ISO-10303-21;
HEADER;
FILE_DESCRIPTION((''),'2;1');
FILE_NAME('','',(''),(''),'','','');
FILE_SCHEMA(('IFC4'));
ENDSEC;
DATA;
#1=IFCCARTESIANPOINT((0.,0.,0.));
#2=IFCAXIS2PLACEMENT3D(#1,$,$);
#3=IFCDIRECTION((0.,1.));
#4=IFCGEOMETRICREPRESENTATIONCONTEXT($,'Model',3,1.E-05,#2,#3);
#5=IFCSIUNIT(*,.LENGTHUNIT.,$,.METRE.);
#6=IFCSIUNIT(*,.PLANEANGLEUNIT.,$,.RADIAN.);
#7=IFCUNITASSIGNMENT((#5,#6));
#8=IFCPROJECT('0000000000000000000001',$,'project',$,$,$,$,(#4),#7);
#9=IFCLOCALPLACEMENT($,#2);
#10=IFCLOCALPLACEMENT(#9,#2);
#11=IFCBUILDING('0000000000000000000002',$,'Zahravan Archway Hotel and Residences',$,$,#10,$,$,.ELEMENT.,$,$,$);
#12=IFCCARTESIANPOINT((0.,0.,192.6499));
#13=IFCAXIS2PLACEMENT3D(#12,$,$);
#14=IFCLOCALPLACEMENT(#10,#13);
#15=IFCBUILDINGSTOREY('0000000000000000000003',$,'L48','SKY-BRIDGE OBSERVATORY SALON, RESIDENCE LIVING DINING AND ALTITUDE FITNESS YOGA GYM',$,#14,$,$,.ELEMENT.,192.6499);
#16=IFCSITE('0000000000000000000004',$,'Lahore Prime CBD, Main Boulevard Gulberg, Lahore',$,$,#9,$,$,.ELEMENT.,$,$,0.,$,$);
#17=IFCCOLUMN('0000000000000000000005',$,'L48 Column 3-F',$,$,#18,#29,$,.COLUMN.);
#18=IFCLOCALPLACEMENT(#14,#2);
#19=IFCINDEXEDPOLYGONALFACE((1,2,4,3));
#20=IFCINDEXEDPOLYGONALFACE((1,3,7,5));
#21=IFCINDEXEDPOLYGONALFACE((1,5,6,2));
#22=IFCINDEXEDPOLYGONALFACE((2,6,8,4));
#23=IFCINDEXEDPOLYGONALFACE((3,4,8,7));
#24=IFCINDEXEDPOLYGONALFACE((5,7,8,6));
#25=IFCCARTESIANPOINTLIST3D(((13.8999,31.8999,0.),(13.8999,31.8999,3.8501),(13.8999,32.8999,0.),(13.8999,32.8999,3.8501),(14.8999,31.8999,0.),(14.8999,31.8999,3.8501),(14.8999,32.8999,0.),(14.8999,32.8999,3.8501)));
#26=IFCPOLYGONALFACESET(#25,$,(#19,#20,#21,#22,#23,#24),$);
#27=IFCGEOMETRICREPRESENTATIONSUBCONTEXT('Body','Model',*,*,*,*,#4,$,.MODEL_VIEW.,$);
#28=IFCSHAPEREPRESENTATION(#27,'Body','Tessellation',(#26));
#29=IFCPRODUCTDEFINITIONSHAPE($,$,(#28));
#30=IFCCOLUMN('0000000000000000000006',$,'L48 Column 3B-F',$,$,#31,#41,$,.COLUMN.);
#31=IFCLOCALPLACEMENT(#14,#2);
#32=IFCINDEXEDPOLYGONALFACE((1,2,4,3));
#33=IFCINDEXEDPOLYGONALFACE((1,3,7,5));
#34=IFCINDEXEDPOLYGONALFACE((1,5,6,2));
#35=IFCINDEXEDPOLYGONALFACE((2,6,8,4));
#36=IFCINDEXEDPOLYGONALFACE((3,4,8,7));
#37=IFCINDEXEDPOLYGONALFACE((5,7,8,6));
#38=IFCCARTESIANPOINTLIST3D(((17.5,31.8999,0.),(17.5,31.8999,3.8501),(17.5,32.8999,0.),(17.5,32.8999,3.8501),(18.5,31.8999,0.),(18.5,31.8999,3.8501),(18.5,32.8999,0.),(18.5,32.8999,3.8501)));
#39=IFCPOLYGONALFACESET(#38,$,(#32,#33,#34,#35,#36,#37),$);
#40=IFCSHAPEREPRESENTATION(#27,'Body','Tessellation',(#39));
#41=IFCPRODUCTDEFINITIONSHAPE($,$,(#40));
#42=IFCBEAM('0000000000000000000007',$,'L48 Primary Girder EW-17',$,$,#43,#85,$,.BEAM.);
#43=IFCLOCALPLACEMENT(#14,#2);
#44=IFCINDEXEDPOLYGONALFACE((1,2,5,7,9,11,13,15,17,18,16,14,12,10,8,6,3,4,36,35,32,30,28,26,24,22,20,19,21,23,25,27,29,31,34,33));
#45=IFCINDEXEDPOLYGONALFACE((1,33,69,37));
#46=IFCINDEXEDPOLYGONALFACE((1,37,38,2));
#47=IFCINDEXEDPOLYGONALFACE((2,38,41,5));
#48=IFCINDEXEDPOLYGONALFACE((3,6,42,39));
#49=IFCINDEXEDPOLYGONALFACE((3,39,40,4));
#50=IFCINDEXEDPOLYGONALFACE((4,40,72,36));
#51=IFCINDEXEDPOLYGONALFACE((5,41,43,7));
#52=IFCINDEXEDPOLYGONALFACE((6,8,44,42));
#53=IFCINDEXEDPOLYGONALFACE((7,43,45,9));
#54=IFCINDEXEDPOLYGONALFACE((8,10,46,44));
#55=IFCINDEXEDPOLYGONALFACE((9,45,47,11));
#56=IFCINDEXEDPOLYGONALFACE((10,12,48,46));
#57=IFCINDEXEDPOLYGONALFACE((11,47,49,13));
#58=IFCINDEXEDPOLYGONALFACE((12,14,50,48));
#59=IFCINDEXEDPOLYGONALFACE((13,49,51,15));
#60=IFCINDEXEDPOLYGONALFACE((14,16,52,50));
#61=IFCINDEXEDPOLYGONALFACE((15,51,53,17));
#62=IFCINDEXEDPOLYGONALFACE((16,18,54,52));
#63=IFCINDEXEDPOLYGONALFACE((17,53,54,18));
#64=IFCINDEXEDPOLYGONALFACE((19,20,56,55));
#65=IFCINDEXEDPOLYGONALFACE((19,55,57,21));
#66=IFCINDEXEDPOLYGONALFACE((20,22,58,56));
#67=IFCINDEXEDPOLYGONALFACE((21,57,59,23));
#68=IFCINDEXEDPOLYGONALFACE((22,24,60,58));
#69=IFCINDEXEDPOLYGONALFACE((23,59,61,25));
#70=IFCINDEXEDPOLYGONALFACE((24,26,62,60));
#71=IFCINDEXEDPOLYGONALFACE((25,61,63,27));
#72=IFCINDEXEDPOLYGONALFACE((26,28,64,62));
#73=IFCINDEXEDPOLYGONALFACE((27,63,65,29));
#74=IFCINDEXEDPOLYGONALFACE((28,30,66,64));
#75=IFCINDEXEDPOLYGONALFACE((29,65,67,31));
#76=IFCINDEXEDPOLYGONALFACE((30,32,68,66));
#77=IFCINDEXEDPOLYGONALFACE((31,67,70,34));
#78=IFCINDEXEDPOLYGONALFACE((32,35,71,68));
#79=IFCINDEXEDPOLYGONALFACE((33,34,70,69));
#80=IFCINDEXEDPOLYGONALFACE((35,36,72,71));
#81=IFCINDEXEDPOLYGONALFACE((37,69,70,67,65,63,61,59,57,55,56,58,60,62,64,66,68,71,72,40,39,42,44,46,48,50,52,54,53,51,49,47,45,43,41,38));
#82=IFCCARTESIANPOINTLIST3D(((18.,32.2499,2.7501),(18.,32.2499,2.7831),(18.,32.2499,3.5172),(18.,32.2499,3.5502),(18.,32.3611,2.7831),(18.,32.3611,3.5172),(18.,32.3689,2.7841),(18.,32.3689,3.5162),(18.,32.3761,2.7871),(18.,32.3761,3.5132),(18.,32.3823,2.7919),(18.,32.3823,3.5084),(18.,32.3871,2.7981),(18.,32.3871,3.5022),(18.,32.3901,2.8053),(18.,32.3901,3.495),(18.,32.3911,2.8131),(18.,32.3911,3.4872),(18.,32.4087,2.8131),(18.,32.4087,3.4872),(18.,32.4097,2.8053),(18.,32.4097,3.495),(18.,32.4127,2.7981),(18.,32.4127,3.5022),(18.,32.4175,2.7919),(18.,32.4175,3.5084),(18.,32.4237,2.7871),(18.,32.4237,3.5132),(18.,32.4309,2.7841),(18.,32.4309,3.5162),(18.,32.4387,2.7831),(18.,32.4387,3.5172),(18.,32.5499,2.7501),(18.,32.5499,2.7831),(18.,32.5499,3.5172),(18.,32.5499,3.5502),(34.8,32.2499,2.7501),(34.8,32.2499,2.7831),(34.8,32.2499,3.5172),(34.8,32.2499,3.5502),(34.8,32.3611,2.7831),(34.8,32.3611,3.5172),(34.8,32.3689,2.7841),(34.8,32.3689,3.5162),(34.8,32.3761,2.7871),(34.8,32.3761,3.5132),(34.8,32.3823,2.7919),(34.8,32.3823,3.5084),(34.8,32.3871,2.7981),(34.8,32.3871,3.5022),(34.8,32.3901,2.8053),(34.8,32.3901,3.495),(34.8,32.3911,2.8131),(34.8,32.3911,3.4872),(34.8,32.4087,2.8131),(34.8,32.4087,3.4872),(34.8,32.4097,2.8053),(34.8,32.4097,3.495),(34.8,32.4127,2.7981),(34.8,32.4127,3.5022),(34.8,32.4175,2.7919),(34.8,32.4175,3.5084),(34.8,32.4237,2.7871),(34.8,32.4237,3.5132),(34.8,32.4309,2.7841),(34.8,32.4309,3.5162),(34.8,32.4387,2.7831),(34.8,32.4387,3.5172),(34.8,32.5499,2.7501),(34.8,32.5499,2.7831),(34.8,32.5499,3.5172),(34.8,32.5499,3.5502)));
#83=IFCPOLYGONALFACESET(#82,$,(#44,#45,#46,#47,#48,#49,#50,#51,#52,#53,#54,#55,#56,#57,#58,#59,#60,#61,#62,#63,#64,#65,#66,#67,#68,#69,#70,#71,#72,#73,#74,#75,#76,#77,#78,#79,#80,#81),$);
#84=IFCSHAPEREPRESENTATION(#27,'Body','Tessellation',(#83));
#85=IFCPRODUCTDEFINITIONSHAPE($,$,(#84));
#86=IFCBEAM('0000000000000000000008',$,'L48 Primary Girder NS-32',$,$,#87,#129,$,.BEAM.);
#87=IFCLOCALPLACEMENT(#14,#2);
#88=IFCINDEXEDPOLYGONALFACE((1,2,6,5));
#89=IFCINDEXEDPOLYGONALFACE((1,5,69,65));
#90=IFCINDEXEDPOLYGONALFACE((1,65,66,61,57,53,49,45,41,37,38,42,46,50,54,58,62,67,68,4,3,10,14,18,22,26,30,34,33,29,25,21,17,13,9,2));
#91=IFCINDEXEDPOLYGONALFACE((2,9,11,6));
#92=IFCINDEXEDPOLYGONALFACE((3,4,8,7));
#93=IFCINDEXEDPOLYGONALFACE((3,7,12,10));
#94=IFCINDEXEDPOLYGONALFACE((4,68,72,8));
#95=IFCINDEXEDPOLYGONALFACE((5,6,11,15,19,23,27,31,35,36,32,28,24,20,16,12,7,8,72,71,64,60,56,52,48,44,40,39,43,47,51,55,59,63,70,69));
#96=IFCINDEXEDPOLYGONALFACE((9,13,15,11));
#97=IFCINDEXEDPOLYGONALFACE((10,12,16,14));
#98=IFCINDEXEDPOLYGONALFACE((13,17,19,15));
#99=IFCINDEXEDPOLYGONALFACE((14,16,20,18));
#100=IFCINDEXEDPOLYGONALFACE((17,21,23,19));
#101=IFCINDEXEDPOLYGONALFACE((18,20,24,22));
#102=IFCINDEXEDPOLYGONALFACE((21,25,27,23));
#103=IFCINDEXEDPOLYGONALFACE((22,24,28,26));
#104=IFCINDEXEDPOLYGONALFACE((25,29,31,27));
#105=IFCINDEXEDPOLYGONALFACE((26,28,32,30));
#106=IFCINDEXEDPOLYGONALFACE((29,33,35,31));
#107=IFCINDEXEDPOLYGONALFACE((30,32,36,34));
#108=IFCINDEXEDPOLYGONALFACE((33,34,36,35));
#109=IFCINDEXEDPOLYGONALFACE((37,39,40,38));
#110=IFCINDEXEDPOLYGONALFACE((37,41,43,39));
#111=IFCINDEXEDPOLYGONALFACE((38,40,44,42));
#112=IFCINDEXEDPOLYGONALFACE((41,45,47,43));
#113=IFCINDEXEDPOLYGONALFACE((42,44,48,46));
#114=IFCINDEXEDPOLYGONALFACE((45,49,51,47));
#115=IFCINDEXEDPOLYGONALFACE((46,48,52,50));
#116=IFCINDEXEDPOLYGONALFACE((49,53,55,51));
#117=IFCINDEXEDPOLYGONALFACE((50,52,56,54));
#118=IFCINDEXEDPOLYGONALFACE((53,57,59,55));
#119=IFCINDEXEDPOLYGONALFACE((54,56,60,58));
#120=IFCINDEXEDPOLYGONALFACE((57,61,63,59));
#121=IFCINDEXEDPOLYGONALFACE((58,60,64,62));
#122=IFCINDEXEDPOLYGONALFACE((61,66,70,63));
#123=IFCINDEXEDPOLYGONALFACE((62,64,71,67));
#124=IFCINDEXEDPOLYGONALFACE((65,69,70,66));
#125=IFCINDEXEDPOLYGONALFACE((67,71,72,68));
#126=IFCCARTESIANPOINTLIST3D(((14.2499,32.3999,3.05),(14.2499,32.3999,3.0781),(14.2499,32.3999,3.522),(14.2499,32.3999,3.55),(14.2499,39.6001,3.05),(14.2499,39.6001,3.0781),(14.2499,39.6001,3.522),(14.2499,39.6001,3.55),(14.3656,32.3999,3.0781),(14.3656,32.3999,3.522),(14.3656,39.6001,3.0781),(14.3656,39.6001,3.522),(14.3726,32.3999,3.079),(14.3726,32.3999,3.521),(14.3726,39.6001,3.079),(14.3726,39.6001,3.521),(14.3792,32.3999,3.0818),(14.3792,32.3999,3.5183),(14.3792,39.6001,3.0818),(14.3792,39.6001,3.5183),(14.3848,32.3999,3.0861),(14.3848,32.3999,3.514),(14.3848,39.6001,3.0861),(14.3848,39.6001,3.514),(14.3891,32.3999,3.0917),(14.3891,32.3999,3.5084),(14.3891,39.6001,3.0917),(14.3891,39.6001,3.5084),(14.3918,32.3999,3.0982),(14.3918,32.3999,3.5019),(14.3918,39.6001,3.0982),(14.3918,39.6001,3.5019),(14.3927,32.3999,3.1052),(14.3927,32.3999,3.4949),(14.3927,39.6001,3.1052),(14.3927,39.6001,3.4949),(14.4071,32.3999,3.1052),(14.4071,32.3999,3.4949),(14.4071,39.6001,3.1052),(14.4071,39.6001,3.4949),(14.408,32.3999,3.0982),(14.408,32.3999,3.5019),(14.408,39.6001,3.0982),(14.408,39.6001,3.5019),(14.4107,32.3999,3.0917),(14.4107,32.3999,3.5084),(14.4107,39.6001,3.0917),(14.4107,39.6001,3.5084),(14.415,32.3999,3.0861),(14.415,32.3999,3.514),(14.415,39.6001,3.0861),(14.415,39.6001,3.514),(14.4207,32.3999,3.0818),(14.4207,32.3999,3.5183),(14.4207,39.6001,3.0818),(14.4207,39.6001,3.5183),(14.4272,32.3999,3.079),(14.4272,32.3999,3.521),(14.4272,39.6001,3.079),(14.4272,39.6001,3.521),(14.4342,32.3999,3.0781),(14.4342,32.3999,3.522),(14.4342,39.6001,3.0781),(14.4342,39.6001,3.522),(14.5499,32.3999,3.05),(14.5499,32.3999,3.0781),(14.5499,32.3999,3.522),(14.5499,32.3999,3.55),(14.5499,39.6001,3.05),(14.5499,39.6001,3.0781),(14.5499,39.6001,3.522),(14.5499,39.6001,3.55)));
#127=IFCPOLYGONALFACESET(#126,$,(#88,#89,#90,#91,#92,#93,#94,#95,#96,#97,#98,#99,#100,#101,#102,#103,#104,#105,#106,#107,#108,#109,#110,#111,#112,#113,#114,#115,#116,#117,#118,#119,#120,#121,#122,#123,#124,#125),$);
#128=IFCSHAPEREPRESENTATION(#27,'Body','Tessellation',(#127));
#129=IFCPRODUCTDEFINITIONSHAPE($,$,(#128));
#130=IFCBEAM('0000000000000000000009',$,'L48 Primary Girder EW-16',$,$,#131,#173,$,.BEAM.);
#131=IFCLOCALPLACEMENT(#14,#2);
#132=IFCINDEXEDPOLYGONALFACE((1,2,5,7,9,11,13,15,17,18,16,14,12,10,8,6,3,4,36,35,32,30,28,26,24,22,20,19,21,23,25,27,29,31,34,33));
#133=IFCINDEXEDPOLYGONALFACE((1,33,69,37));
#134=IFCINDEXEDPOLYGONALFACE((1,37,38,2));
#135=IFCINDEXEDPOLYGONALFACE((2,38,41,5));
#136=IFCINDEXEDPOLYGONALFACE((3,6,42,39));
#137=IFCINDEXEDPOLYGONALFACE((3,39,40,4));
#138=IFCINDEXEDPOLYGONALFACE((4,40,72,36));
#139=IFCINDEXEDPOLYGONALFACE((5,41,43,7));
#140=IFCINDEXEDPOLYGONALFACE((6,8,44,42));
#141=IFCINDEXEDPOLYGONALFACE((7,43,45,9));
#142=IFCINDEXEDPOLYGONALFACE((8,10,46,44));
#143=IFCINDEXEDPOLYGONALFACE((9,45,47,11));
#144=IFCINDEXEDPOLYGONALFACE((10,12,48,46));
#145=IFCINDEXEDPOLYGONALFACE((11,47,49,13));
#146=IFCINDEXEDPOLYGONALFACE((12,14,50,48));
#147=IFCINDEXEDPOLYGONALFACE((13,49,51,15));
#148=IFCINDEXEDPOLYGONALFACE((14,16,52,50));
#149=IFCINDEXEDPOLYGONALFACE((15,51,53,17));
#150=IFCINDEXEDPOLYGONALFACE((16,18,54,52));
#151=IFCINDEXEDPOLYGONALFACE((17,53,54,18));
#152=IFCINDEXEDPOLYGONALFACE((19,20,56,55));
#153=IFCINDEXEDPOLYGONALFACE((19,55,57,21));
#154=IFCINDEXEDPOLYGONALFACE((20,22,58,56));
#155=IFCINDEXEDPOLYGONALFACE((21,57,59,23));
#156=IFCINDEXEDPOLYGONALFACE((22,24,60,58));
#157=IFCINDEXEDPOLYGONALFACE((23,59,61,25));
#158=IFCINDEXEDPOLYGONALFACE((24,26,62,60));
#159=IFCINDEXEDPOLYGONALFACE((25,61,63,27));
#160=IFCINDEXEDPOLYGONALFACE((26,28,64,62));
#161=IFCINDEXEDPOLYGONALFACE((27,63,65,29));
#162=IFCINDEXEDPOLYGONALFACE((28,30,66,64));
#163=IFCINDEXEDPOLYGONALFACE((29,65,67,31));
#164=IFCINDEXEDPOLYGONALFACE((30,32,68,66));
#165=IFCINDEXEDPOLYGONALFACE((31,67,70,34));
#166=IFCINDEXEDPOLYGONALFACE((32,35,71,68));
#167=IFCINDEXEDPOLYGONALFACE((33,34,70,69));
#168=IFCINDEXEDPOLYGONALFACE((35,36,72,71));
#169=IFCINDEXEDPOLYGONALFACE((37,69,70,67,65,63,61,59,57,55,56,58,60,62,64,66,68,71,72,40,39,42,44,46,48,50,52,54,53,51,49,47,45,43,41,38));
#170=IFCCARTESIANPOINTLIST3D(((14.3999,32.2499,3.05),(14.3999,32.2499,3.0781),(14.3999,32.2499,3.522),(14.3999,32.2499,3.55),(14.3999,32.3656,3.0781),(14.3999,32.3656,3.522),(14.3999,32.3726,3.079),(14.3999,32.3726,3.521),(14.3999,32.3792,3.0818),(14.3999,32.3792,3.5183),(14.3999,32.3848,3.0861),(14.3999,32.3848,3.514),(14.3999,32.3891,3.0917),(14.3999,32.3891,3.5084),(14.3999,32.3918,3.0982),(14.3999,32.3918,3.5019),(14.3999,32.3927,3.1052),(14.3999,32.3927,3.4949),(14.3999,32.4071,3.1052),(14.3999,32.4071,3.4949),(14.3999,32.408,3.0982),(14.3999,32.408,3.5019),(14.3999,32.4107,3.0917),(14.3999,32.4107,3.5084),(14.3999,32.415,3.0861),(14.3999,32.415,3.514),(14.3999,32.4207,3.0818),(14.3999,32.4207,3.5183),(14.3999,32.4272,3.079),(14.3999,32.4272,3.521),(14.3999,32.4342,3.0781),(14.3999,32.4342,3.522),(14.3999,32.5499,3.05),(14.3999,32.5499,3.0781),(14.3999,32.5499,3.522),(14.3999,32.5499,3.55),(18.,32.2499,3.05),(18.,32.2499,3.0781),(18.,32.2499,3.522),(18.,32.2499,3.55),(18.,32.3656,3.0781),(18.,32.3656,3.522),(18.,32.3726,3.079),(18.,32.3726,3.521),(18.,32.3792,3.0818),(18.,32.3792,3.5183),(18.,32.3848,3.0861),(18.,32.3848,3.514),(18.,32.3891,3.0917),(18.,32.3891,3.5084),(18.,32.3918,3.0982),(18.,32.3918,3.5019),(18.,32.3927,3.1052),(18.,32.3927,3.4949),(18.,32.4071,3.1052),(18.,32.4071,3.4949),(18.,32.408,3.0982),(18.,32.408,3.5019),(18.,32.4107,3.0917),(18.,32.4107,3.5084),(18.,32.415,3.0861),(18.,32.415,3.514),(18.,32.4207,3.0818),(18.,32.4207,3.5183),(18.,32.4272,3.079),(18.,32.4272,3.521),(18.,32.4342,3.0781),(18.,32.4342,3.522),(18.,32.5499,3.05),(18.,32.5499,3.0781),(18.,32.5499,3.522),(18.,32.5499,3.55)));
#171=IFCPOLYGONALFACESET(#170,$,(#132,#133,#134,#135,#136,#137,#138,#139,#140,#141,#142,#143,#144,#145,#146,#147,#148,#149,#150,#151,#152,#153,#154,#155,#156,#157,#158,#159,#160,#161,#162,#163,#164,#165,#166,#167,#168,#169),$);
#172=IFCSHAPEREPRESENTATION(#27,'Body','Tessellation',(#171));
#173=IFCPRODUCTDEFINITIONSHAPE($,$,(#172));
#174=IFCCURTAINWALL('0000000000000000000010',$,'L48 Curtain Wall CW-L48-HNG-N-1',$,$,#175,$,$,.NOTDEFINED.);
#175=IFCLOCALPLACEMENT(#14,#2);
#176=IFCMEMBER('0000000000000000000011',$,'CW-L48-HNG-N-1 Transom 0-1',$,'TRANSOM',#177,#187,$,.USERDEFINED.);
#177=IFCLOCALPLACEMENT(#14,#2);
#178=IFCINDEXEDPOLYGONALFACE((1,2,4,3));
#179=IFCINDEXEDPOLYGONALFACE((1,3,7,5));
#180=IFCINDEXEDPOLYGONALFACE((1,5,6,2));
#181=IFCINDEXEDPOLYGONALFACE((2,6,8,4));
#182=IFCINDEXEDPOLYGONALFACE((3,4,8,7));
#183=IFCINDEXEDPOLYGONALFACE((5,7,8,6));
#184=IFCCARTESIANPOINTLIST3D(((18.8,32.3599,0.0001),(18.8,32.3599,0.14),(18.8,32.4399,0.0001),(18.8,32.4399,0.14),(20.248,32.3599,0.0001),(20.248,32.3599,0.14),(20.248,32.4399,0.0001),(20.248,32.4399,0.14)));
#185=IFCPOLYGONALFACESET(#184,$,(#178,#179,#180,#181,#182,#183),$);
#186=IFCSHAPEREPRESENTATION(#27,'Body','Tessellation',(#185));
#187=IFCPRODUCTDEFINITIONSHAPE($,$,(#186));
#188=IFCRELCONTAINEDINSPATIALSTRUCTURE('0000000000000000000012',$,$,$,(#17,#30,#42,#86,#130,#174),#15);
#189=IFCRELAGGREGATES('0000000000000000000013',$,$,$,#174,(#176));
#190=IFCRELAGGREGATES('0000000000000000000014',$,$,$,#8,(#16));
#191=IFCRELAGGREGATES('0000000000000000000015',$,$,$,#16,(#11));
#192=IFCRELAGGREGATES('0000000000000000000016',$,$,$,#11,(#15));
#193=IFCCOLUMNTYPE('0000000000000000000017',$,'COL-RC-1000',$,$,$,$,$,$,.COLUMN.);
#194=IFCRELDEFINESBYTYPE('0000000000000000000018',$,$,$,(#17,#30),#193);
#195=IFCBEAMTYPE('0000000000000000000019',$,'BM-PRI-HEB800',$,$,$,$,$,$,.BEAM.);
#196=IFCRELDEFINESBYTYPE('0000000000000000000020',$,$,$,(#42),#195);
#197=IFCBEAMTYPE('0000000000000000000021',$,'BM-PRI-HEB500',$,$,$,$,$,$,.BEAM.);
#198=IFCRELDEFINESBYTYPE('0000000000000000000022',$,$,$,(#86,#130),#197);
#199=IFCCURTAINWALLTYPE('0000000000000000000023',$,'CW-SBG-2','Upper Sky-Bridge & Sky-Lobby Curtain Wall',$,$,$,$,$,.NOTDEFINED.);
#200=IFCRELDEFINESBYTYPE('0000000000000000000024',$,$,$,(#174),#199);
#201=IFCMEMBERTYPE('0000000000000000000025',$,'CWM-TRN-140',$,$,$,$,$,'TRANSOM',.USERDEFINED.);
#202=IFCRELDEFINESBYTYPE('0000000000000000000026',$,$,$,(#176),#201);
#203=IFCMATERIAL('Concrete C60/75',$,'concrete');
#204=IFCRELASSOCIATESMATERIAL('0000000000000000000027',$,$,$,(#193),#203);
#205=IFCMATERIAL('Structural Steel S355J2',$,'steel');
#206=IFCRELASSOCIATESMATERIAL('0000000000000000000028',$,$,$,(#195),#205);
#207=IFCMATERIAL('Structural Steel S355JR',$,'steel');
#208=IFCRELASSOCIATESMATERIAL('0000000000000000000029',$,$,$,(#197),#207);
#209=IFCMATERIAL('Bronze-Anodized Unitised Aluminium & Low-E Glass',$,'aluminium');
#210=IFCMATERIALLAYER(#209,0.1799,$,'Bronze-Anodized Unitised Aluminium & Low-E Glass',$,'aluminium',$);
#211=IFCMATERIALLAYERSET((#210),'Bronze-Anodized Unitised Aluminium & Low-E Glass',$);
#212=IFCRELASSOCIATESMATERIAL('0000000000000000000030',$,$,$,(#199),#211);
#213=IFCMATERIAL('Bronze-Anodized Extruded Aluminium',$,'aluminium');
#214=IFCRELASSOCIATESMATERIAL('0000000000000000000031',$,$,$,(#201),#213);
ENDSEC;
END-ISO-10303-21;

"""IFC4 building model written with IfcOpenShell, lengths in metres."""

from ifc_helpers import new_model, si_unit, direction, frame, origin, origin_2d, place, context, subcontext, project, spatial, rectangle, i_section, extrude, source, transform, mapped, material, layer, layer_set, material_profile, profile_set, type_object, type_shapes, element, aggregate, save


model = new_model("IFC4")

# Units and contexts
model_context = context("Model", 3, precision=1e-05, world=origin(), true_north=direction((0.0, 1.0)))
body_context = subcontext(model_context, "Body", "Model", "MODEL_VIEW")
ifc_project = project(units=[si_unit("LENGTHUNIT", "METRE"), si_unit("PLANEANGLEUNIT", "RADIAN")], contexts=[model_context])

# Site, building, storey
site_placement = place(None, origin())
site = spatial("IfcSite", under=ifc_project, at=site_placement, Name="Lahore Prime CBD, Main Boulevard Gulberg, Lahore", CompositionType="ELEMENT", RefElevation=0.0)
building_placement = place(site_placement, origin())
building = spatial("IfcBuilding", under=site, at=building_placement, Name="Zahravan Archway Hotel and Residences", CompositionType="ELEMENT")
storey_placement = place(building_placement, frame((0.0, 0.0, 192.6499)))
storey = spatial("IfcBuildingStorey", under=building, at=storey_placement, Name="L48", Description="SKY-BRIDGE OBSERVATORY SALON, RESIDENCE LIVING DINING AND ALTITUDE FITNESS YOGA GYM", CompositionType="ELEMENT", Elevation=192.6499)

# Columns
ifc_material_1 = material(Name="Concrete C60/75", Category="concrete")
ifc_material_profile_1 = material_profile(ifc_material_1, rectangle(XDim=1.0, YDim=1.0, at=origin_2d()), Name="RC-COL-1000x1000", Category="concrete")
ifc_profile_set_1 = profile_set([ifc_material_profile_1], Name="Concrete C60/75")
column_type = type_object("IfcColumnType", Name="COL-RC-1000", PredefinedType="COLUMN", material=ifc_profile_set_1)
shared_shape_1 = source(origin(), body_context, "Body", "SweptSolid", [
    extrude(rectangle(XDim=1.0, YDim=1.0, at=origin_2d()), origin(), (0.0, 0.0, 1.0), 3.8501),
])
for number, where, z_axis, x_axis, name in (
    (1, (14.3999, 32.3999, 0.0), (0.0, 0.0, 1.0), (1.0, 0.0, 0.0), "L48 Column 3-F"),
    (2, (18.0, 32.3999, 0.0), (0.0, 0.0, 1.0), (1.0, 0.0, 0.0), "L48 Column 3B-F"),
):
    element("IfcColumn", number, at=place(storey_placement, frame(where, z_axis=z_axis, x_axis=x_axis)), inside=storey, type_object=column_type, Name=name, PredefinedType="COLUMN", context=body_context, shape_type="MappedRepresentation", body=[
        mapped(shared_shape_1, transform((0.0, 0.0, 0.0), scale=1.0)),
    ])

# Beams
ifc_material_2 = material(Name="Structural Steel S355J2", Category="steel")
ifc_material_profile_2 = material_profile(ifc_material_2, i_section(OverallWidth=0.3, OverallDepth=0.8, WebThickness=0.0176, FlangeThickness=0.033, FilletRadius=0.03, at=origin_2d()), Name="HEB 800", Category="steel")
ifc_profile_set_2 = profile_set([ifc_material_profile_2], Name="Structural Steel S355J2")
beam_type_1 = type_object("IfcBeamType", Name="BM-PRI-HEB800", PredefinedType="BEAM", material=ifc_profile_set_2)
shared_shape_2 = source(origin(), body_context, "Body", "SweptSolid", [
    extrude(i_section(OverallWidth=0.3, OverallDepth=0.8, WebThickness=0.0176, FlangeThickness=0.033, FilletRadius=0.03, at=origin_2d()), origin(), (0.0, 0.0, 1.0), 16.8),
])
type_shapes(beam_type_1, [shared_shape_2])
beam_1_placement = place(storey_placement, frame((18.0, 32.3999, 3.1501), z_axis=(1.0, 0.0, 0.0), x_axis=(0.0, 1.0, 0.0)))
element("IfcBeam", 3, at=beam_1_placement, inside=storey, type_object=beam_type_1, Name="L48 Primary Girder EW-17", PredefinedType="BEAM", context=body_context, shape_type="MappedRepresentation", body=[
    mapped(shared_shape_2, transform((0.0, 0.0, 0.0), scale=1.0)),
])
ifc_material_3 = material(Name="Structural Steel S355JR", Category="steel")
ifc_material_profile_3 = material_profile(ifc_material_3, i_section(OverallWidth=0.3, OverallDepth=0.5, WebThickness=0.0144, FlangeThickness=0.0281, FilletRadius=0.0271, at=origin_2d()), Name="HEB 500", Category="steel")
ifc_profile_set_3 = profile_set([ifc_material_profile_3], Name="Structural Steel S355JR")
beam_type_2 = type_object("IfcBeamType", Name="BM-PRI-HEB500", PredefinedType="BEAM", material=ifc_profile_set_3)
shared_shape_3 = source(origin(), body_context, "Body", "SweptSolid", [
    extrude(i_section(OverallWidth=0.3, OverallDepth=0.5, WebThickness=0.0144, FlangeThickness=0.0281, FilletRadius=0.0271, at=origin_2d()), origin(), (0.0, 0.0, 1.0), 7.2002),
])
type_shapes(beam_type_2, [shared_shape_3])
beam_2_placement = place(storey_placement, frame((14.3999, 32.3999, 3.3), z_axis=(0.0, 1.0, 0.0), x_axis=(-1.0, 0.0, 0.0)))
element("IfcBeam", 4, at=beam_2_placement, inside=storey, type_object=beam_type_2, Name="L48 Primary Girder NS-32", PredefinedType="BEAM", context=body_context, shape_type="MappedRepresentation", body=[
    mapped(shared_shape_3, transform((0.0, 0.0, 0.0), scale=1.0)),
])
shared_shape_4 = source(origin(), body_context, "Body", "SweptSolid", [
    extrude(i_section(OverallWidth=0.3, OverallDepth=0.5, WebThickness=0.0144, FlangeThickness=0.0281, FilletRadius=0.0271, at=origin_2d()), origin(), (0.0, 0.0, 1.0), 3.6001),
])
beam_3_placement = place(storey_placement, frame((14.3999, 32.3999, 3.3), z_axis=(1.0, 0.0, 0.0), x_axis=(0.0, 1.0, 0.0)))
element("IfcBeam", 5, at=beam_3_placement, inside=storey, type_object=beam_type_2, Name="L48 Primary Girder EW-16", PredefinedType="BEAM", context=body_context, shape_type="MappedRepresentation", body=[
    mapped(shared_shape_4, transform((0.0, 0.0, 0.0), scale=1.0)),
])

# Curtain wall, member
ifc_material_4 = material(Name="Bronze-Anodized Unitised Aluminium & Low-E Glass", Category="aluminium")
ifc_layer_1 = layer(ifc_material_4, 0.1799, Name="Bronze-Anodized Unitised Aluminium & Low-E Glass", Category="aluminium")
ifc_layer_set_1 = layer_set([ifc_layer_1], Name="Bronze-Anodized Unitised Aluminium & Low-E Glass")
curtain_wall_type = type_object("IfcCurtainWallType", Name="CW-SBG-2", Description="Upper Sky-Bridge & Sky-Lobby Curtain Wall", PredefinedType="NOTDEFINED", material=ifc_layer_set_1)
curtain_wall_placement = place(storey_placement, origin())
curtain_wall = element("IfcCurtainWall", 6, at=curtain_wall_placement, inside=storey, type_object=curtain_wall_type, Name="L48 Curtain Wall CW-L48-HNG-N-1", PredefinedType="NOTDEFINED")
ifc_material_5 = material(Name="Bronze-Anodized Extruded Aluminium", Category="aluminium")
ifc_material_profile_4 = material_profile(ifc_material_5, rectangle(XDim=0.0801, YDim=0.1399, at=origin_2d()), Name="TRN 80x140", Category="aluminium")
ifc_profile_set_4 = profile_set([ifc_material_profile_4], Name="Bronze-Anodized Extruded Aluminium")
member_type_1 = type_object("IfcMemberType", Name="CWM-TRN-140", ElementType="TRANSOM", PredefinedType="USERDEFINED", material=ifc_profile_set_4)
shared_shape_5 = source(origin(), body_context, "Body", "SweptSolid", [
    extrude(rectangle(XDim=0.0801, YDim=0.1399, at=origin_2d()), origin(), (0.0, 0.0, 1.0), 1.448),
])
member_1_placement = place(storey_placement, frame((18.8, 32.3999, 0.0701), z_axis=(1.0, 0.0, 0.0), x_axis=(0.0, 1.0, 0.0)))
member_1 = element("IfcMember", 7, at=member_1_placement, type_object=member_type_1, Name="CW-L48-HNG-N-1 Transom 0-1", ObjectType="TRANSOM", PredefinedType="USERDEFINED", context=body_context, shape_type="MappedRepresentation", body=[
    mapped(shared_shape_5, transform((0.0, 0.0, 0.0), scale=1.0)),
])
aggregate(curtain_wall, [member_1])

save(model, "model.ifc")
